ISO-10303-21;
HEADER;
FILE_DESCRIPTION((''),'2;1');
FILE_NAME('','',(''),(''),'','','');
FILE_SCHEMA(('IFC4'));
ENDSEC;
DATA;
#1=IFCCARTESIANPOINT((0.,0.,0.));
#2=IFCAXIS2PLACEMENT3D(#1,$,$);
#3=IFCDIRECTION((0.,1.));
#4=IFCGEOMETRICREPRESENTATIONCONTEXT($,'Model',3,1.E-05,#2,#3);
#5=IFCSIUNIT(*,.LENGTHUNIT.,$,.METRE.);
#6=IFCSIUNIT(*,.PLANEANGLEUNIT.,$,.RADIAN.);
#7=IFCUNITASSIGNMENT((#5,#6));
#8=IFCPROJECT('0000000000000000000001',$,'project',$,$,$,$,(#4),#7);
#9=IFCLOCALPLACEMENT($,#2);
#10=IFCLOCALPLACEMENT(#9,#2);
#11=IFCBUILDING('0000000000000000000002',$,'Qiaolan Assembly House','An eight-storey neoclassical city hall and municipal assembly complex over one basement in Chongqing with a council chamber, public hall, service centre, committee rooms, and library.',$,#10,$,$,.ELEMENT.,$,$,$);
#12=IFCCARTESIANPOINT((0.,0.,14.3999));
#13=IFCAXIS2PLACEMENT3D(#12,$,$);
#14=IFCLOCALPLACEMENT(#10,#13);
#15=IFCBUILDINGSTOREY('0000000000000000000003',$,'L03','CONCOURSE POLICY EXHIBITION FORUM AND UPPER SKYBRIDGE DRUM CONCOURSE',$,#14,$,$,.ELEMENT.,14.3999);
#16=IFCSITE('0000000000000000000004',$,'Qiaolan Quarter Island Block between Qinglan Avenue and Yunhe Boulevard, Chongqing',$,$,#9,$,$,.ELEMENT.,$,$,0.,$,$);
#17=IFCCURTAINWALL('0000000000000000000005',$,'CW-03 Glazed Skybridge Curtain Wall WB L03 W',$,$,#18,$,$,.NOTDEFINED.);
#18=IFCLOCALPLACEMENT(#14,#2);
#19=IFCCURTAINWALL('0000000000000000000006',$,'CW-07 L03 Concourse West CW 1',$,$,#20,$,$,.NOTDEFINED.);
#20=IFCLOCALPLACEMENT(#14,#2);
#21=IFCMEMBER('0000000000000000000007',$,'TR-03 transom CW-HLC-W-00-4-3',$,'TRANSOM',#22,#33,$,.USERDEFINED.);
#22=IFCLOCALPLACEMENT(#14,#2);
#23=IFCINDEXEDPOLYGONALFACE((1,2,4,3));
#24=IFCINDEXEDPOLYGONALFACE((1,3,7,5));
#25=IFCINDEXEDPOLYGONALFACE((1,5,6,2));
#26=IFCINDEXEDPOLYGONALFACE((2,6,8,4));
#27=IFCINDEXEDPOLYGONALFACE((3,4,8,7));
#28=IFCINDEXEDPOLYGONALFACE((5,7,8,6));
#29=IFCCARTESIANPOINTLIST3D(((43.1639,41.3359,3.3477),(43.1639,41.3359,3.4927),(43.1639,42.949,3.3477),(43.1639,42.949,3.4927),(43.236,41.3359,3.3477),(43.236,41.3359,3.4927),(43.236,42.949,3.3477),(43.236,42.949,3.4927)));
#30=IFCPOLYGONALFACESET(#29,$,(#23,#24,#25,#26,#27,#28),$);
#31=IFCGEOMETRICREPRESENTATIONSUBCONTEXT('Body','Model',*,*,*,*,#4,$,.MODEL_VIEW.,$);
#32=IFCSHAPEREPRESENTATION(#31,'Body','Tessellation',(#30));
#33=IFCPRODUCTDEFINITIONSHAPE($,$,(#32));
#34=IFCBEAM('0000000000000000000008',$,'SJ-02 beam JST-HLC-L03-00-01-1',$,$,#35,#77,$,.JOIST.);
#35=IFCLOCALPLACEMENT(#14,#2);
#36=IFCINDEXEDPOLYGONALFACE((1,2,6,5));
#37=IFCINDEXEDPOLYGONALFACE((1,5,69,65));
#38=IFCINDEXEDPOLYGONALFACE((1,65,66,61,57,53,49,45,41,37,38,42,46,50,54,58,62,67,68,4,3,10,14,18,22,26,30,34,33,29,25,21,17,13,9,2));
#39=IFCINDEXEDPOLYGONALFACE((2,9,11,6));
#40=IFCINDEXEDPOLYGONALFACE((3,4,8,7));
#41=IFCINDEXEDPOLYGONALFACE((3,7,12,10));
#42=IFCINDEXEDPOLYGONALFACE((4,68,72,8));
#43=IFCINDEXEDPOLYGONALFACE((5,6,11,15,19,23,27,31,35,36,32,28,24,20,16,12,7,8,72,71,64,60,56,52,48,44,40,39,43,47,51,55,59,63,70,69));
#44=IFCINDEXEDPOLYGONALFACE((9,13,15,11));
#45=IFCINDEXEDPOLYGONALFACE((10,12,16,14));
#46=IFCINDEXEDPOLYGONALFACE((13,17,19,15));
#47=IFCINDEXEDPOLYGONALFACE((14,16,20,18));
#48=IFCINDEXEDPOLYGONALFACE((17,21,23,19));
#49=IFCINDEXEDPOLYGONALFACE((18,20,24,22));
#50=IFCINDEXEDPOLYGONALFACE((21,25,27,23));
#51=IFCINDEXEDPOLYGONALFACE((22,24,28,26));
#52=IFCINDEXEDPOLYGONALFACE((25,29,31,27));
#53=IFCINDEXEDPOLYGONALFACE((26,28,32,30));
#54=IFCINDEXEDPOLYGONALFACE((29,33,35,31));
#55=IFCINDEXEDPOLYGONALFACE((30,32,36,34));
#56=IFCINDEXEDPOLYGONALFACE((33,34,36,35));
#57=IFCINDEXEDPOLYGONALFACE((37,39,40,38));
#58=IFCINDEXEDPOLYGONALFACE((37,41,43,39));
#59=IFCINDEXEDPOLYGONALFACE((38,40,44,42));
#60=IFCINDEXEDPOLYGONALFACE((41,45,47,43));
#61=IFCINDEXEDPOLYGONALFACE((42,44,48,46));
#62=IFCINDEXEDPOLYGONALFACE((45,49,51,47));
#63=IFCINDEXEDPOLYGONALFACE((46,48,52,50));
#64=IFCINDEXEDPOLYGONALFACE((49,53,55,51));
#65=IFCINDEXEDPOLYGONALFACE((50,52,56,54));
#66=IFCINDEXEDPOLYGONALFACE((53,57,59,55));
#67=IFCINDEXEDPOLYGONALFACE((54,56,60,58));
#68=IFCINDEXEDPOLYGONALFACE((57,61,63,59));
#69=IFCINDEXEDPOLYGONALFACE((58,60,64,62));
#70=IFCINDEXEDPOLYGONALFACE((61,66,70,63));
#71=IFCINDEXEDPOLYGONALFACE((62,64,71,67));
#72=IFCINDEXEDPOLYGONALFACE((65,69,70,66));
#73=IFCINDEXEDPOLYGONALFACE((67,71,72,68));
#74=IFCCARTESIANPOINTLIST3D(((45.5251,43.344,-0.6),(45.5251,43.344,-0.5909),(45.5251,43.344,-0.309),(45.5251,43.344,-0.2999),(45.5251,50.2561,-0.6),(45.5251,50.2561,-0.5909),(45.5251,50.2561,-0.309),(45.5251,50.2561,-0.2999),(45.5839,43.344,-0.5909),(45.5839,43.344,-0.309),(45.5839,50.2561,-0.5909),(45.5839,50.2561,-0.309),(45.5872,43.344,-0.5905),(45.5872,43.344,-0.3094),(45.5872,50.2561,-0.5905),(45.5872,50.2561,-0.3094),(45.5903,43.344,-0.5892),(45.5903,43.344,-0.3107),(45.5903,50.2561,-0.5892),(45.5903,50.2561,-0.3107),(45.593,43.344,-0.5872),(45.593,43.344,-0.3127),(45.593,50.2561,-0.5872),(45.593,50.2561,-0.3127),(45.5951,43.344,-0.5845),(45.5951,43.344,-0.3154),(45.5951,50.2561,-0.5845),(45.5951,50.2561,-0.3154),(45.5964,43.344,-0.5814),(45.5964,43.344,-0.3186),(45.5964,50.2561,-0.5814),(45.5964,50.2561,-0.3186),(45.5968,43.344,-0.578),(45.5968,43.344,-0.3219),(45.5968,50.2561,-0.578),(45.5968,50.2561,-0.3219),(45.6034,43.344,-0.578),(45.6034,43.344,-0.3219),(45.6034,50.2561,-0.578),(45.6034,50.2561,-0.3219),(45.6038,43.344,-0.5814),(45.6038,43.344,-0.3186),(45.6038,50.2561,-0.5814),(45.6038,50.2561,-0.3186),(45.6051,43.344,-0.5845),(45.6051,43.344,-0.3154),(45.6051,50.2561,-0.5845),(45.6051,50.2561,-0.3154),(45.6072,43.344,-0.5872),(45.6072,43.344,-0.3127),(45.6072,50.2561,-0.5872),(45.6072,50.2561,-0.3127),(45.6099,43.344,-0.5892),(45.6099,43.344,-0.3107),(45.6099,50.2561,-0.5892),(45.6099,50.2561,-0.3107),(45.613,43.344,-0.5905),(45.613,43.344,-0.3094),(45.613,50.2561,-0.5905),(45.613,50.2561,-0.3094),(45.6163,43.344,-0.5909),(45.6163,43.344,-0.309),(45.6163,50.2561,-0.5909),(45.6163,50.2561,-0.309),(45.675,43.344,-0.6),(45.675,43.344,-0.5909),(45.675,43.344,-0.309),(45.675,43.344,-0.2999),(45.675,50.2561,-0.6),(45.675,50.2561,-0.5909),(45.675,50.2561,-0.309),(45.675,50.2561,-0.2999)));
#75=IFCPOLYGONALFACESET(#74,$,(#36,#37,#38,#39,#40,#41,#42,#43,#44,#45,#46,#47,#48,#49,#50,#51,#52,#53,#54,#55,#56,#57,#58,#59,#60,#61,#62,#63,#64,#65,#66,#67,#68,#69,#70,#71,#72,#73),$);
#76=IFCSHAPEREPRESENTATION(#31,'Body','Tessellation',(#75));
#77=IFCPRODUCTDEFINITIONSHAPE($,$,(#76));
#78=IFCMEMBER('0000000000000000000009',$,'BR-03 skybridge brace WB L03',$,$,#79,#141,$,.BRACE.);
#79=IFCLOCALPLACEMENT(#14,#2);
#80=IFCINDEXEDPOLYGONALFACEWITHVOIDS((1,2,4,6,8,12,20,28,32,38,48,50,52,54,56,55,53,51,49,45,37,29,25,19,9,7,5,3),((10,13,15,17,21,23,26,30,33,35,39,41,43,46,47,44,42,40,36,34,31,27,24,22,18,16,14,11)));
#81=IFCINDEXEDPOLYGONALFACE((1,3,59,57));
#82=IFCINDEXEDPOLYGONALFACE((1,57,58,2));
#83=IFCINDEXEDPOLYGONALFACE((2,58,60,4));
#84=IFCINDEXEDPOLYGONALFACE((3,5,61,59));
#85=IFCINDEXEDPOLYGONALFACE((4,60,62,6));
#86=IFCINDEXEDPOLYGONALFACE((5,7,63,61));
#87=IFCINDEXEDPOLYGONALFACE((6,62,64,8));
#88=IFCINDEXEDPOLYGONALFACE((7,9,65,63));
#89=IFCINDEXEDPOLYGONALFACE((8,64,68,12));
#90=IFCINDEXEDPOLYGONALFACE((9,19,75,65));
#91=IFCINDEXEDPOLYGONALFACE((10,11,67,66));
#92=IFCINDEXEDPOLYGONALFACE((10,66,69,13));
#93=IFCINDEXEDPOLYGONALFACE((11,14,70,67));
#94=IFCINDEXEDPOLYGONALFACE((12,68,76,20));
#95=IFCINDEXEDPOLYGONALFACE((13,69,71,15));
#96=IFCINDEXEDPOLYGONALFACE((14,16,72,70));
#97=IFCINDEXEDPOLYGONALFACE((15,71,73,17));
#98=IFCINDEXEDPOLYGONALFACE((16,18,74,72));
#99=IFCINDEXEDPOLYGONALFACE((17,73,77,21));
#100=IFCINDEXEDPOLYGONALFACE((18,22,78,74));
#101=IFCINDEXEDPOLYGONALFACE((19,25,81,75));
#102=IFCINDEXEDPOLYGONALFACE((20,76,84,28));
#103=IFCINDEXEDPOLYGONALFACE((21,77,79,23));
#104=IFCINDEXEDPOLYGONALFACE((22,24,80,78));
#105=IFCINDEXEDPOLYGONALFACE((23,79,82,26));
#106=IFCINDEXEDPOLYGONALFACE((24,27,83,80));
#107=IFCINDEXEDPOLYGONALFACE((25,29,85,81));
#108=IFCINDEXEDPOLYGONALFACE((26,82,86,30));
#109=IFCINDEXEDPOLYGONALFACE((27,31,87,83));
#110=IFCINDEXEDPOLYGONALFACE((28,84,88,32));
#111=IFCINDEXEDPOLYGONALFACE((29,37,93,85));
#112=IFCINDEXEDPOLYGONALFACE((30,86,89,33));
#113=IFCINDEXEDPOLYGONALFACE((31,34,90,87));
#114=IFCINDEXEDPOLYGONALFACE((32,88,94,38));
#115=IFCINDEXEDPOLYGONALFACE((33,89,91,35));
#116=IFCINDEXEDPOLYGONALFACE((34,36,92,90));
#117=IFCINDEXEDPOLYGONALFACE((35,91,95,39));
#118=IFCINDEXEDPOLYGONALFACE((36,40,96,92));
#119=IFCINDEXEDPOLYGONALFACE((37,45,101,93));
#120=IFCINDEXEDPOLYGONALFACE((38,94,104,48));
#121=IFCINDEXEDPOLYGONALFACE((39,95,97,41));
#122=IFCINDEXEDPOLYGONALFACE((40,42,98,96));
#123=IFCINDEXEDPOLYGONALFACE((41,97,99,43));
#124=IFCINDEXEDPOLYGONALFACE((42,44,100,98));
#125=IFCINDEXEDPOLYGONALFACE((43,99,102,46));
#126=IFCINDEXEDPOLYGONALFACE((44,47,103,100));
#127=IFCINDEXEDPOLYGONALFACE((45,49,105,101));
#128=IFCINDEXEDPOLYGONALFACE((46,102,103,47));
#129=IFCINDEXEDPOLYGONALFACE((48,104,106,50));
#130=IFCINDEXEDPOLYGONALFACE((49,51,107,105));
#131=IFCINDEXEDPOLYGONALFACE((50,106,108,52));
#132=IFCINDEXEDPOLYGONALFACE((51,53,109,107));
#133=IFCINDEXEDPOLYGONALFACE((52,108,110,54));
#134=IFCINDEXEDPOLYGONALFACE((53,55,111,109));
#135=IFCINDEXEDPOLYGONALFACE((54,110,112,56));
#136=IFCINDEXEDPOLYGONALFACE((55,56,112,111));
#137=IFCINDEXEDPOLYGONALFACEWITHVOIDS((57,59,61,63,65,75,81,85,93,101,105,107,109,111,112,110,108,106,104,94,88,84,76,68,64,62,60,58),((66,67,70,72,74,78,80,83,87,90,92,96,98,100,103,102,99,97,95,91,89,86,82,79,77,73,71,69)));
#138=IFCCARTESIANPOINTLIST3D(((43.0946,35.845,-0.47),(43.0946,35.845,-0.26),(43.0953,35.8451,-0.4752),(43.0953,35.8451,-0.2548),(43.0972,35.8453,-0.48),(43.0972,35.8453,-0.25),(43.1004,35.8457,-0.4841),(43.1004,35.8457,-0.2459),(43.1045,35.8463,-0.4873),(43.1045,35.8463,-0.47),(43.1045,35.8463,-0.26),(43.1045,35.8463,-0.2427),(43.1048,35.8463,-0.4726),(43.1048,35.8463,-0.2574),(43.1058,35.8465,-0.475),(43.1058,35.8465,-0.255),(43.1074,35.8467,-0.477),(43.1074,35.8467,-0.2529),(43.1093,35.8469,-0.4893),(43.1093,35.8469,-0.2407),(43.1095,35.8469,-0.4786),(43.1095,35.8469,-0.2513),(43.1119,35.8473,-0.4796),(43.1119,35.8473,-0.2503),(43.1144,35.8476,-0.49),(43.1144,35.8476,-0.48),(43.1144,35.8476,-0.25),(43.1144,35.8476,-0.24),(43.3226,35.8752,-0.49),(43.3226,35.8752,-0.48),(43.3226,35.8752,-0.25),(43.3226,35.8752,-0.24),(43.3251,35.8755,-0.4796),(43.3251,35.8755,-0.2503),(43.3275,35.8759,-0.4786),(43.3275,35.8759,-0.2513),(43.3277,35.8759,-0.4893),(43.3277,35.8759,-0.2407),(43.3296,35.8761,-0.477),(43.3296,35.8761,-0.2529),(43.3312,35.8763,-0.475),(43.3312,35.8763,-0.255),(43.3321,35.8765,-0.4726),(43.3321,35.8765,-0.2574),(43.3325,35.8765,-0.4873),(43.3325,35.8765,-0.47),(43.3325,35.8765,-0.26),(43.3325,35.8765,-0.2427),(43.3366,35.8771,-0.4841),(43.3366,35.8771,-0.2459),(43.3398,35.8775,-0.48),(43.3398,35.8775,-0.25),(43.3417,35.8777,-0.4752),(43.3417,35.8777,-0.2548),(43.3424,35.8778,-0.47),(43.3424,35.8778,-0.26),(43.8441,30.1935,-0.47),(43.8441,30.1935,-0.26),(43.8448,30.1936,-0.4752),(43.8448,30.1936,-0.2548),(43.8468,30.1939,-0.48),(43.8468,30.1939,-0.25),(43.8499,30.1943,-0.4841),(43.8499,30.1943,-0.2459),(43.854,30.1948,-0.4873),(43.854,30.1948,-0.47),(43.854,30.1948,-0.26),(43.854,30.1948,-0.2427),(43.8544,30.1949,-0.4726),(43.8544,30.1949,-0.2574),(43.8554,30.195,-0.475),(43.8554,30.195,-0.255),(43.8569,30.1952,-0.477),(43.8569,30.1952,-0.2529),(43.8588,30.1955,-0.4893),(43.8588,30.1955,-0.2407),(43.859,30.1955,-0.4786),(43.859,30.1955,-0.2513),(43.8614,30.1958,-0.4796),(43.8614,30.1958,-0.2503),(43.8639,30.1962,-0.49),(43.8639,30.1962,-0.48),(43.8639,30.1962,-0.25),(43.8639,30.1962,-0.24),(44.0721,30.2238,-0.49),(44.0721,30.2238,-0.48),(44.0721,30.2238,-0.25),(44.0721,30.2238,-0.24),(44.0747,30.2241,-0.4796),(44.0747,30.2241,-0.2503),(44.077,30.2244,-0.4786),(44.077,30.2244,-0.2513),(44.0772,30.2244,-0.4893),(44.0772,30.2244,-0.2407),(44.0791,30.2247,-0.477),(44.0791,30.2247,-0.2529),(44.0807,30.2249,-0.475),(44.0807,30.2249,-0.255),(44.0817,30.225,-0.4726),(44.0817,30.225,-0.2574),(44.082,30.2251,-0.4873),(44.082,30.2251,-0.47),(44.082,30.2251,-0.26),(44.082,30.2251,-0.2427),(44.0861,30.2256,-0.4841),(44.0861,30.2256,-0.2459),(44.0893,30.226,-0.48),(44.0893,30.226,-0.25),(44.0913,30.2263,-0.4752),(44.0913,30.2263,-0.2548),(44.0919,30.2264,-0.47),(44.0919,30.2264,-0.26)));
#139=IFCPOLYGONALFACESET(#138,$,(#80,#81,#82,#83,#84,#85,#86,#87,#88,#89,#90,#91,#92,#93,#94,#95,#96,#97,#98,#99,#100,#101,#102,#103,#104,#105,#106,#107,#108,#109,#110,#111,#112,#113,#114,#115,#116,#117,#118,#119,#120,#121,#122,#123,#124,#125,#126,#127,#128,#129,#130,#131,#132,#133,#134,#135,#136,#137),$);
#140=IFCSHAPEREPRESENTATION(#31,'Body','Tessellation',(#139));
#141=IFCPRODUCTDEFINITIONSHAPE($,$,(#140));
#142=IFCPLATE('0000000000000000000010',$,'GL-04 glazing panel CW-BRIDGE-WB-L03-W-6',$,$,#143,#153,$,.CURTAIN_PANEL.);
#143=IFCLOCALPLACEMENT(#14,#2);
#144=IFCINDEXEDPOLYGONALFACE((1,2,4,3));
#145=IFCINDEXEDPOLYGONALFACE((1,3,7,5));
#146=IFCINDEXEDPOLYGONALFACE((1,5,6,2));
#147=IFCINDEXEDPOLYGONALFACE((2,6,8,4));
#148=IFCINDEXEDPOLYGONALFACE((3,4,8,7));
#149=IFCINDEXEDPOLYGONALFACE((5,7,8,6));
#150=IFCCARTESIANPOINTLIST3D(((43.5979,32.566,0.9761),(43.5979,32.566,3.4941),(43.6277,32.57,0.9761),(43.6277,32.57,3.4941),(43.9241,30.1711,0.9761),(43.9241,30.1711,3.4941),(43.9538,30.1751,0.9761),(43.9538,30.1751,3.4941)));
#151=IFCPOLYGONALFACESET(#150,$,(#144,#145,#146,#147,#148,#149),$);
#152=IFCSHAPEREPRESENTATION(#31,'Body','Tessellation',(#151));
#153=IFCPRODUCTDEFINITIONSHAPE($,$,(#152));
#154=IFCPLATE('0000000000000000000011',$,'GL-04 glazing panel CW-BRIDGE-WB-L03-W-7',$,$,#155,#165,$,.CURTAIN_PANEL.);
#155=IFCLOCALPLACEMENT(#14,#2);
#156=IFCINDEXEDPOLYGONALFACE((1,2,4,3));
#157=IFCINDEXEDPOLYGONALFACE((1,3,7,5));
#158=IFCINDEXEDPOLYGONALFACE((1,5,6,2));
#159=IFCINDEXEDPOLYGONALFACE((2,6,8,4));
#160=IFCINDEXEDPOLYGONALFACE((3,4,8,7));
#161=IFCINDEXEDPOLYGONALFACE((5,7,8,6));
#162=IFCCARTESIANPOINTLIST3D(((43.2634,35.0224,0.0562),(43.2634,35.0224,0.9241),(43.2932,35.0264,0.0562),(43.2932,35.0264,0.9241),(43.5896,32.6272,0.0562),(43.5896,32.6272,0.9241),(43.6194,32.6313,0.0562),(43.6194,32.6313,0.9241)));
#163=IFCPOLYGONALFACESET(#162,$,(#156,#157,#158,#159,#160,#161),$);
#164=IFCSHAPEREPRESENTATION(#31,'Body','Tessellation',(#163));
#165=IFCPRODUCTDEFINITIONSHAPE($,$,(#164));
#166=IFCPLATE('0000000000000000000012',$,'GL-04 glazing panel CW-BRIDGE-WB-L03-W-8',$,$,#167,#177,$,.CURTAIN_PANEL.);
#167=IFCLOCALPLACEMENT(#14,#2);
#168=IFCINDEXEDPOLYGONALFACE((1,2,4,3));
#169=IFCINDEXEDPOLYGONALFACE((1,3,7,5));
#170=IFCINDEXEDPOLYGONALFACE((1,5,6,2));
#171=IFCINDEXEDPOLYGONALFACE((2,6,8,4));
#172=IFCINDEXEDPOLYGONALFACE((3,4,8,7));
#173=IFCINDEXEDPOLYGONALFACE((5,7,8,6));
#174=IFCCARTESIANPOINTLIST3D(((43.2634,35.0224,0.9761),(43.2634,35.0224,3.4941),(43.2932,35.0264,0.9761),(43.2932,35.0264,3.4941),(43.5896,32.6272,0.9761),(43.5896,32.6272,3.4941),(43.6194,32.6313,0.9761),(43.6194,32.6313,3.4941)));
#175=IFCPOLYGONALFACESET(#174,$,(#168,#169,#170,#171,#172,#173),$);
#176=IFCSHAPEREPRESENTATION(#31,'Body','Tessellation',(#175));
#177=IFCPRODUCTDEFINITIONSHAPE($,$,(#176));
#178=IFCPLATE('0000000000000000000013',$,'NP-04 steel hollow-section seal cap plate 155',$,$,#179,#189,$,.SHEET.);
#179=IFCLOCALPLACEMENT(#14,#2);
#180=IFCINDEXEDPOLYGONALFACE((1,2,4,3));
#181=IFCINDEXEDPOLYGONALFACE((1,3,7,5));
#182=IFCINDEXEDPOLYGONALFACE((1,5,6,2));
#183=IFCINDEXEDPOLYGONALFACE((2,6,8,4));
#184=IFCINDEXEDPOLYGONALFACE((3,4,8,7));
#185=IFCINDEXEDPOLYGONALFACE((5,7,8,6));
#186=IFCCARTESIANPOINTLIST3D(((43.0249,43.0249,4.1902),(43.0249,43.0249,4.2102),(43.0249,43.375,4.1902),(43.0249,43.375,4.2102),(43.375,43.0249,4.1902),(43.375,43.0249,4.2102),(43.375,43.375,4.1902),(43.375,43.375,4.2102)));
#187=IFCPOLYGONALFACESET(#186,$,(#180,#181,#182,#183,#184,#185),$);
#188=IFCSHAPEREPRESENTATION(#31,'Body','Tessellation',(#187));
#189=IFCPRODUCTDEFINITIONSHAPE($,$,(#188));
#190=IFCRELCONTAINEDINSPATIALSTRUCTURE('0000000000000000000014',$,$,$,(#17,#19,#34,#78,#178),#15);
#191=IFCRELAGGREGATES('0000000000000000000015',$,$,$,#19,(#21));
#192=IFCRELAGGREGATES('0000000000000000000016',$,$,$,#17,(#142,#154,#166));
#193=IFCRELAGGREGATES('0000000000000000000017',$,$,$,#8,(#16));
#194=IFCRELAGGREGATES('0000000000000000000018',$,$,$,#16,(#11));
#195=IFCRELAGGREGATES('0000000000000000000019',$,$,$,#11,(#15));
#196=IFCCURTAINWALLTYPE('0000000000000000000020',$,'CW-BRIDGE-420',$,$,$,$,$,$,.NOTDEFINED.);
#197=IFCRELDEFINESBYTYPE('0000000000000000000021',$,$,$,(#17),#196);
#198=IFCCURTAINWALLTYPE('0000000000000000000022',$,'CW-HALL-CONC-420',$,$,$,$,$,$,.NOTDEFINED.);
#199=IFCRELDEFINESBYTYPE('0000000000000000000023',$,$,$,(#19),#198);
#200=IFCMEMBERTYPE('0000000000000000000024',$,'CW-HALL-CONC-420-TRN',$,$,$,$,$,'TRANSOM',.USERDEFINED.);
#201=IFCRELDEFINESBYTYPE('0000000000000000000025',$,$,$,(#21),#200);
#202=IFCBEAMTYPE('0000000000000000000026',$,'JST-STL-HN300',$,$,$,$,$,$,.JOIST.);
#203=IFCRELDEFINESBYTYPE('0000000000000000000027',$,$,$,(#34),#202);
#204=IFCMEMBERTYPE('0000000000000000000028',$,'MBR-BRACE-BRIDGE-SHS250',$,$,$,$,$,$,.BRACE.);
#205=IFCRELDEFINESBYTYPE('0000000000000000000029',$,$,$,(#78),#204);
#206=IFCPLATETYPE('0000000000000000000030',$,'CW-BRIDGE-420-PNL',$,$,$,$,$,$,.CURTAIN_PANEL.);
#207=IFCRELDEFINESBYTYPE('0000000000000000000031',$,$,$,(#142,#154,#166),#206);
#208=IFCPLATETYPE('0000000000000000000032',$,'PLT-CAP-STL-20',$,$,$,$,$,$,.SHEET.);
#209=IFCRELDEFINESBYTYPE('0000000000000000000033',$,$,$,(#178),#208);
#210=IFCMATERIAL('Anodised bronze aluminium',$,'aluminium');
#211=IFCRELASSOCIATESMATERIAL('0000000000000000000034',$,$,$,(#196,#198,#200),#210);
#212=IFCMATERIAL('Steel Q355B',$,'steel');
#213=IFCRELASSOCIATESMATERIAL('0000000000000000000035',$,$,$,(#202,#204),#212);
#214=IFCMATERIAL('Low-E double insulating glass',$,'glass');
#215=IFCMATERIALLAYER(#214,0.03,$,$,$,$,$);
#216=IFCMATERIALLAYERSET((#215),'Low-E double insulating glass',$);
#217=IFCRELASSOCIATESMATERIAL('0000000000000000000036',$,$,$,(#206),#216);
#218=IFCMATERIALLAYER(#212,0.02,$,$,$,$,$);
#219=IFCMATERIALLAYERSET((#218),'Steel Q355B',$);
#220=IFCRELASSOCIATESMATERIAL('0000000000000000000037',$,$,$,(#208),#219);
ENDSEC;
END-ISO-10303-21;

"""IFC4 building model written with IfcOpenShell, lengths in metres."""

from ifc_helpers import new_model, si_unit, direction, frame, frame_2d, origin, origin_2d, place, context, subcontext, project, spatial, rectangle, hollow_rectangle, i_section, extrude, material, layer, layer_set, material_profile, profile_set, type_object, element, aggregate, save


model = new_model("IFC4")

# Units and contexts
model_context = context("Model", 3, precision=1e-05, world=origin(), true_north=direction((0.0, 1.0)))
body_context = subcontext(model_context, "Body", "Model", "MODEL_VIEW")
ifc_project = project(units=[si_unit("LENGTHUNIT", "METRE"), si_unit("PLANEANGLEUNIT", "RADIAN")], contexts=[model_context])

# Site, building, storey
site_placement = place(None, origin())
site = spatial("IfcSite", under=ifc_project, at=site_placement, Name="Qiaolan Quarter Island Block between Qinglan Avenue and Yunhe Boulevard, Chongqing", CompositionType="ELEMENT", RefElevation=0.0)
building_placement = place(site_placement, origin())
building = spatial("IfcBuilding", under=site, at=building_placement, Name="Qiaolan Assembly House", Description="An eight-storey neoclassical city hall and municipal assembly complex over one basement in Chongqing with a council chamber, public hall, service centre, committee rooms, and library.", CompositionType="ELEMENT")
storey_placement = place(building_placement, frame((0.0, 0.0, 14.3999)))
storey = spatial("IfcBuildingStorey", under=building, at=storey_placement, Name="L03", Description="CONCOURSE POLICY EXHIBITION FORUM AND UPPER SKYBRIDGE DRUM CONCOURSE", CompositionType="ELEMENT", Elevation=14.3999)

# Shared definitions
ifc_material_1 = material(Name="Steel Q355B", Category="steel")

# Curtain walls, member
ifc_material_2 = material(Name="Anodised bronze aluminium", Category="aluminium")
curtain_wall_type_1 = type_object("IfcCurtainWallType", Name="CW-BRIDGE-420", PredefinedType="NOTDEFINED", material=ifc_material_2)
curtain_wall_1_placement = place(storey_placement, origin())
curtain_wall_1 = element("IfcCurtainWall", 1, at=curtain_wall_1_placement, inside=storey, type_object=curtain_wall_type_1, Name="CW-03 Glazed Skybridge Curtain Wall WB L03 W", PredefinedType="NOTDEFINED")
curtain_wall_type_2 = type_object("IfcCurtainWallType", Name="CW-HALL-CONC-420", PredefinedType="NOTDEFINED", material=ifc_material_2)
curtain_wall_2_placement = place(storey_placement, origin())
curtain_wall_2 = element("IfcCurtainWall", 2, at=curtain_wall_2_placement, inside=storey, type_object=curtain_wall_type_2, Name="CW-07 L03 Concourse West CW 1", PredefinedType="NOTDEFINED")
ifc_material_profile_1 = material_profile(ifc_material_2, rectangle(XDim=0.072, YDim=0.145, at=origin_2d()), Name="TRN 72x145")
ifc_profile_set_1 = profile_set([ifc_material_profile_1], Name="Anodised bronze aluminium")
member_type_1 = type_object("IfcMemberType", Name="CW-HALL-CONC-420-TRN", ElementType="TRANSOM", PredefinedType="USERDEFINED", material=ifc_profile_set_1)
member_1_placement = place(storey_placement, frame((43.2, 41.3359, 3.4202), z_axis=(0.0, 1.0, 0.0), x_axis=(-1.0, 0.0, 0.0)))
member_1 = element("IfcMember", 3, at=member_1_placement, type_object=member_type_1, Name="TR-03 transom CW-HLC-W-00-4-3", ObjectType="TRANSOM", PredefinedType="USERDEFINED", context=body_context, shape_type="SweptSolid", body=[
    extrude(rectangle(XDim=0.072, YDim=0.145, at=origin_2d()), origin(), (0.0, 0.0, 1.0), 1.613),
])
aggregate(curtain_wall_2, [member_1])

# Beam
ifc_material_profile_2 = material_profile(ifc_material_1, i_section(OverallWidth=0.1499, OverallDepth=0.3, WebThickness=0.0066, FlangeThickness=0.009, FilletRadius=0.0129, at=origin_2d()), Name="HN 300x150x6.5x9")
ifc_profile_set_2 = profile_set([ifc_material_profile_2], Name="Steel Q355B")
beam_type_1 = type_object("IfcBeamType", Name="JST-STL-HN300", PredefinedType="JOIST", material=ifc_profile_set_2)
beam_1_placement = place(storey_placement, frame((45.6001, 43.344, -0.45), z_axis=(0.0, 1.0, 0.0), x_axis=(-1.0, 0.0, 0.0)))
element("IfcBeam", 4, at=beam_1_placement, inside=storey, type_object=beam_type_1, Name="SJ-02 beam JST-HLC-L03-00-01-1", PredefinedType="JOIST", context=body_context, shape_type="SweptSolid", body=[
    extrude(i_section(OverallWidth=0.1499, OverallDepth=0.3, WebThickness=0.0066, FlangeThickness=0.009, FilletRadius=0.0129, at=origin_2d()), origin(), (0.0, 0.0, 1.0), 6.9121),
])

# Member
ifc_material_profile_3 = material_profile(ifc_material_1, hollow_rectangle(XDim=0.25, YDim=0.25, WallThickness=0.01, InnerFilletRadius=0.01, OuterFilletRadius=0.02, at=origin_2d()), Name="SHS 250x250x10")
ifc_profile_set_3 = profile_set([ifc_material_profile_3], Name="Steel Q355B")
member_type_2 = type_object("IfcMemberType", Name="MBR-BRACE-BRIDGE-SHS250", PredefinedType="BRACE", material=ifc_profile_set_3)
member_2_placement = place(storey_placement, frame((43.968, 30.21, -0.365), z_axis=(-0.131474, 0.99132, 0.0), x_axis=(-0.99132, -0.131474, 0.0)))
element("IfcMember", 5, at=member_2_placement, inside=storey, type_object=member_type_2, Name="BR-03 skybridge brace WB L03", PredefinedType="BRACE", context=body_context, shape_type="SweptSolid", body=[
    extrude(hollow_rectangle(XDim=0.25, YDim=0.25, WallThickness=0.01, InnerFilletRadius=0.01, OuterFilletRadius=0.02, at=origin_2d()), origin(), (0.0, 0.0, 1.0), 5.7009),
])

# Plates
ifc_material_3 = material(Name="Low-E double insulating glass", Category="glass")
ifc_layer_1 = layer(ifc_material_3, 0.03)
ifc_layer_set_1 = layer_set([ifc_layer_1], Name="Low-E double insulating glass")
plate_type_1 = type_object("IfcPlateType", Name="CW-BRIDGE-420-PNL", PredefinedType="CURTAIN_PANEL", material=ifc_layer_set_1)
plate_1_placement = place(storey_placement, frame((43.939, 30.1731, 0.9761), z_axis=(0.0, 0.0, 1.0), x_axis=(-0.134955, 0.990852, 0.0)))
plate_1 = element("IfcPlate", 6, at=plate_1_placement, type_object=plate_type_1, Name="GL-04 glazing panel CW-BRIDGE-WB-L03-W-6", PredefinedType="CURTAIN_PANEL", context=body_context, shape_type="SweptSolid", body=[
    extrude(rectangle(XDim=2.417, YDim=0.03, at=frame_2d((1.2085, 0.0))), origin(), (0.0, 0.0, 1.0), 2.5181),
])
plate_2_placement = place(storey_placement, frame((43.6045, 32.6294, 0.0562), z_axis=(0.0, 0.0, 1.0), x_axis=(-0.134942, 0.990854, 0.0)))
plate_2 = element("IfcPlate", 7, at=plate_2_placement, type_object=plate_type_1, Name="GL-04 glazing panel CW-BRIDGE-WB-L03-W-7", PredefinedType="CURTAIN_PANEL", context=body_context, shape_type="SweptSolid", body=[
    extrude(rectangle(XDim=2.4172, YDim=0.03, at=frame_2d((1.2085, 0.0))), origin(), (0.0, 0.0, 1.0), 0.8679),
])
plate_3_placement = place(storey_placement, frame((43.6045, 32.6294, 0.9761), z_axis=(0.0, 0.0, 1.0), x_axis=(-0.134942, 0.990854, 0.0)))
plate_3 = element("IfcPlate", 8, at=plate_3_placement, type_object=plate_type_1, Name="GL-04 glazing panel CW-BRIDGE-WB-L03-W-8", PredefinedType="CURTAIN_PANEL", context=body_context, shape_type="SweptSolid", body=[
    extrude(rectangle(XDim=2.4172, YDim=0.03, at=frame_2d((1.2085, 0.0))), origin(), (0.0, 0.0, 1.0), 2.5181),
])
aggregate(curtain_wall_1, [plate_1, plate_2, plate_3])

# Plate
ifc_layer_2 = layer(ifc_material_1, 0.02)
ifc_layer_set_2 = layer_set([ifc_layer_2], Name="Steel Q355B")
plate_type_2 = type_object("IfcPlateType", Name="PLT-CAP-STL-20", PredefinedType="SHEET", material=ifc_layer_set_2)
for number, where, z_axis, x_axis, name in (
    (9, (43.2, 43.2, 4.1902), (0.0, 0.0, 1.0), (1.0, 0.0, 0.0), "NP-04 steel hollow-section seal cap plate 155"),
):
    element("IfcPlate", number, at=place(storey_placement, frame(where, z_axis=z_axis, x_axis=x_axis)), inside=storey, type_object=plate_type_2, Name=name, PredefinedType="SHEET", context=body_context, shape_type="SweptSolid", body=[
        extrude(rectangle(XDim=0.3501, YDim=0.3501, at=origin_2d()), origin(), (0.0, 0.0, 1.0), 0.02),
    ])

save(model, "model.ifc")
